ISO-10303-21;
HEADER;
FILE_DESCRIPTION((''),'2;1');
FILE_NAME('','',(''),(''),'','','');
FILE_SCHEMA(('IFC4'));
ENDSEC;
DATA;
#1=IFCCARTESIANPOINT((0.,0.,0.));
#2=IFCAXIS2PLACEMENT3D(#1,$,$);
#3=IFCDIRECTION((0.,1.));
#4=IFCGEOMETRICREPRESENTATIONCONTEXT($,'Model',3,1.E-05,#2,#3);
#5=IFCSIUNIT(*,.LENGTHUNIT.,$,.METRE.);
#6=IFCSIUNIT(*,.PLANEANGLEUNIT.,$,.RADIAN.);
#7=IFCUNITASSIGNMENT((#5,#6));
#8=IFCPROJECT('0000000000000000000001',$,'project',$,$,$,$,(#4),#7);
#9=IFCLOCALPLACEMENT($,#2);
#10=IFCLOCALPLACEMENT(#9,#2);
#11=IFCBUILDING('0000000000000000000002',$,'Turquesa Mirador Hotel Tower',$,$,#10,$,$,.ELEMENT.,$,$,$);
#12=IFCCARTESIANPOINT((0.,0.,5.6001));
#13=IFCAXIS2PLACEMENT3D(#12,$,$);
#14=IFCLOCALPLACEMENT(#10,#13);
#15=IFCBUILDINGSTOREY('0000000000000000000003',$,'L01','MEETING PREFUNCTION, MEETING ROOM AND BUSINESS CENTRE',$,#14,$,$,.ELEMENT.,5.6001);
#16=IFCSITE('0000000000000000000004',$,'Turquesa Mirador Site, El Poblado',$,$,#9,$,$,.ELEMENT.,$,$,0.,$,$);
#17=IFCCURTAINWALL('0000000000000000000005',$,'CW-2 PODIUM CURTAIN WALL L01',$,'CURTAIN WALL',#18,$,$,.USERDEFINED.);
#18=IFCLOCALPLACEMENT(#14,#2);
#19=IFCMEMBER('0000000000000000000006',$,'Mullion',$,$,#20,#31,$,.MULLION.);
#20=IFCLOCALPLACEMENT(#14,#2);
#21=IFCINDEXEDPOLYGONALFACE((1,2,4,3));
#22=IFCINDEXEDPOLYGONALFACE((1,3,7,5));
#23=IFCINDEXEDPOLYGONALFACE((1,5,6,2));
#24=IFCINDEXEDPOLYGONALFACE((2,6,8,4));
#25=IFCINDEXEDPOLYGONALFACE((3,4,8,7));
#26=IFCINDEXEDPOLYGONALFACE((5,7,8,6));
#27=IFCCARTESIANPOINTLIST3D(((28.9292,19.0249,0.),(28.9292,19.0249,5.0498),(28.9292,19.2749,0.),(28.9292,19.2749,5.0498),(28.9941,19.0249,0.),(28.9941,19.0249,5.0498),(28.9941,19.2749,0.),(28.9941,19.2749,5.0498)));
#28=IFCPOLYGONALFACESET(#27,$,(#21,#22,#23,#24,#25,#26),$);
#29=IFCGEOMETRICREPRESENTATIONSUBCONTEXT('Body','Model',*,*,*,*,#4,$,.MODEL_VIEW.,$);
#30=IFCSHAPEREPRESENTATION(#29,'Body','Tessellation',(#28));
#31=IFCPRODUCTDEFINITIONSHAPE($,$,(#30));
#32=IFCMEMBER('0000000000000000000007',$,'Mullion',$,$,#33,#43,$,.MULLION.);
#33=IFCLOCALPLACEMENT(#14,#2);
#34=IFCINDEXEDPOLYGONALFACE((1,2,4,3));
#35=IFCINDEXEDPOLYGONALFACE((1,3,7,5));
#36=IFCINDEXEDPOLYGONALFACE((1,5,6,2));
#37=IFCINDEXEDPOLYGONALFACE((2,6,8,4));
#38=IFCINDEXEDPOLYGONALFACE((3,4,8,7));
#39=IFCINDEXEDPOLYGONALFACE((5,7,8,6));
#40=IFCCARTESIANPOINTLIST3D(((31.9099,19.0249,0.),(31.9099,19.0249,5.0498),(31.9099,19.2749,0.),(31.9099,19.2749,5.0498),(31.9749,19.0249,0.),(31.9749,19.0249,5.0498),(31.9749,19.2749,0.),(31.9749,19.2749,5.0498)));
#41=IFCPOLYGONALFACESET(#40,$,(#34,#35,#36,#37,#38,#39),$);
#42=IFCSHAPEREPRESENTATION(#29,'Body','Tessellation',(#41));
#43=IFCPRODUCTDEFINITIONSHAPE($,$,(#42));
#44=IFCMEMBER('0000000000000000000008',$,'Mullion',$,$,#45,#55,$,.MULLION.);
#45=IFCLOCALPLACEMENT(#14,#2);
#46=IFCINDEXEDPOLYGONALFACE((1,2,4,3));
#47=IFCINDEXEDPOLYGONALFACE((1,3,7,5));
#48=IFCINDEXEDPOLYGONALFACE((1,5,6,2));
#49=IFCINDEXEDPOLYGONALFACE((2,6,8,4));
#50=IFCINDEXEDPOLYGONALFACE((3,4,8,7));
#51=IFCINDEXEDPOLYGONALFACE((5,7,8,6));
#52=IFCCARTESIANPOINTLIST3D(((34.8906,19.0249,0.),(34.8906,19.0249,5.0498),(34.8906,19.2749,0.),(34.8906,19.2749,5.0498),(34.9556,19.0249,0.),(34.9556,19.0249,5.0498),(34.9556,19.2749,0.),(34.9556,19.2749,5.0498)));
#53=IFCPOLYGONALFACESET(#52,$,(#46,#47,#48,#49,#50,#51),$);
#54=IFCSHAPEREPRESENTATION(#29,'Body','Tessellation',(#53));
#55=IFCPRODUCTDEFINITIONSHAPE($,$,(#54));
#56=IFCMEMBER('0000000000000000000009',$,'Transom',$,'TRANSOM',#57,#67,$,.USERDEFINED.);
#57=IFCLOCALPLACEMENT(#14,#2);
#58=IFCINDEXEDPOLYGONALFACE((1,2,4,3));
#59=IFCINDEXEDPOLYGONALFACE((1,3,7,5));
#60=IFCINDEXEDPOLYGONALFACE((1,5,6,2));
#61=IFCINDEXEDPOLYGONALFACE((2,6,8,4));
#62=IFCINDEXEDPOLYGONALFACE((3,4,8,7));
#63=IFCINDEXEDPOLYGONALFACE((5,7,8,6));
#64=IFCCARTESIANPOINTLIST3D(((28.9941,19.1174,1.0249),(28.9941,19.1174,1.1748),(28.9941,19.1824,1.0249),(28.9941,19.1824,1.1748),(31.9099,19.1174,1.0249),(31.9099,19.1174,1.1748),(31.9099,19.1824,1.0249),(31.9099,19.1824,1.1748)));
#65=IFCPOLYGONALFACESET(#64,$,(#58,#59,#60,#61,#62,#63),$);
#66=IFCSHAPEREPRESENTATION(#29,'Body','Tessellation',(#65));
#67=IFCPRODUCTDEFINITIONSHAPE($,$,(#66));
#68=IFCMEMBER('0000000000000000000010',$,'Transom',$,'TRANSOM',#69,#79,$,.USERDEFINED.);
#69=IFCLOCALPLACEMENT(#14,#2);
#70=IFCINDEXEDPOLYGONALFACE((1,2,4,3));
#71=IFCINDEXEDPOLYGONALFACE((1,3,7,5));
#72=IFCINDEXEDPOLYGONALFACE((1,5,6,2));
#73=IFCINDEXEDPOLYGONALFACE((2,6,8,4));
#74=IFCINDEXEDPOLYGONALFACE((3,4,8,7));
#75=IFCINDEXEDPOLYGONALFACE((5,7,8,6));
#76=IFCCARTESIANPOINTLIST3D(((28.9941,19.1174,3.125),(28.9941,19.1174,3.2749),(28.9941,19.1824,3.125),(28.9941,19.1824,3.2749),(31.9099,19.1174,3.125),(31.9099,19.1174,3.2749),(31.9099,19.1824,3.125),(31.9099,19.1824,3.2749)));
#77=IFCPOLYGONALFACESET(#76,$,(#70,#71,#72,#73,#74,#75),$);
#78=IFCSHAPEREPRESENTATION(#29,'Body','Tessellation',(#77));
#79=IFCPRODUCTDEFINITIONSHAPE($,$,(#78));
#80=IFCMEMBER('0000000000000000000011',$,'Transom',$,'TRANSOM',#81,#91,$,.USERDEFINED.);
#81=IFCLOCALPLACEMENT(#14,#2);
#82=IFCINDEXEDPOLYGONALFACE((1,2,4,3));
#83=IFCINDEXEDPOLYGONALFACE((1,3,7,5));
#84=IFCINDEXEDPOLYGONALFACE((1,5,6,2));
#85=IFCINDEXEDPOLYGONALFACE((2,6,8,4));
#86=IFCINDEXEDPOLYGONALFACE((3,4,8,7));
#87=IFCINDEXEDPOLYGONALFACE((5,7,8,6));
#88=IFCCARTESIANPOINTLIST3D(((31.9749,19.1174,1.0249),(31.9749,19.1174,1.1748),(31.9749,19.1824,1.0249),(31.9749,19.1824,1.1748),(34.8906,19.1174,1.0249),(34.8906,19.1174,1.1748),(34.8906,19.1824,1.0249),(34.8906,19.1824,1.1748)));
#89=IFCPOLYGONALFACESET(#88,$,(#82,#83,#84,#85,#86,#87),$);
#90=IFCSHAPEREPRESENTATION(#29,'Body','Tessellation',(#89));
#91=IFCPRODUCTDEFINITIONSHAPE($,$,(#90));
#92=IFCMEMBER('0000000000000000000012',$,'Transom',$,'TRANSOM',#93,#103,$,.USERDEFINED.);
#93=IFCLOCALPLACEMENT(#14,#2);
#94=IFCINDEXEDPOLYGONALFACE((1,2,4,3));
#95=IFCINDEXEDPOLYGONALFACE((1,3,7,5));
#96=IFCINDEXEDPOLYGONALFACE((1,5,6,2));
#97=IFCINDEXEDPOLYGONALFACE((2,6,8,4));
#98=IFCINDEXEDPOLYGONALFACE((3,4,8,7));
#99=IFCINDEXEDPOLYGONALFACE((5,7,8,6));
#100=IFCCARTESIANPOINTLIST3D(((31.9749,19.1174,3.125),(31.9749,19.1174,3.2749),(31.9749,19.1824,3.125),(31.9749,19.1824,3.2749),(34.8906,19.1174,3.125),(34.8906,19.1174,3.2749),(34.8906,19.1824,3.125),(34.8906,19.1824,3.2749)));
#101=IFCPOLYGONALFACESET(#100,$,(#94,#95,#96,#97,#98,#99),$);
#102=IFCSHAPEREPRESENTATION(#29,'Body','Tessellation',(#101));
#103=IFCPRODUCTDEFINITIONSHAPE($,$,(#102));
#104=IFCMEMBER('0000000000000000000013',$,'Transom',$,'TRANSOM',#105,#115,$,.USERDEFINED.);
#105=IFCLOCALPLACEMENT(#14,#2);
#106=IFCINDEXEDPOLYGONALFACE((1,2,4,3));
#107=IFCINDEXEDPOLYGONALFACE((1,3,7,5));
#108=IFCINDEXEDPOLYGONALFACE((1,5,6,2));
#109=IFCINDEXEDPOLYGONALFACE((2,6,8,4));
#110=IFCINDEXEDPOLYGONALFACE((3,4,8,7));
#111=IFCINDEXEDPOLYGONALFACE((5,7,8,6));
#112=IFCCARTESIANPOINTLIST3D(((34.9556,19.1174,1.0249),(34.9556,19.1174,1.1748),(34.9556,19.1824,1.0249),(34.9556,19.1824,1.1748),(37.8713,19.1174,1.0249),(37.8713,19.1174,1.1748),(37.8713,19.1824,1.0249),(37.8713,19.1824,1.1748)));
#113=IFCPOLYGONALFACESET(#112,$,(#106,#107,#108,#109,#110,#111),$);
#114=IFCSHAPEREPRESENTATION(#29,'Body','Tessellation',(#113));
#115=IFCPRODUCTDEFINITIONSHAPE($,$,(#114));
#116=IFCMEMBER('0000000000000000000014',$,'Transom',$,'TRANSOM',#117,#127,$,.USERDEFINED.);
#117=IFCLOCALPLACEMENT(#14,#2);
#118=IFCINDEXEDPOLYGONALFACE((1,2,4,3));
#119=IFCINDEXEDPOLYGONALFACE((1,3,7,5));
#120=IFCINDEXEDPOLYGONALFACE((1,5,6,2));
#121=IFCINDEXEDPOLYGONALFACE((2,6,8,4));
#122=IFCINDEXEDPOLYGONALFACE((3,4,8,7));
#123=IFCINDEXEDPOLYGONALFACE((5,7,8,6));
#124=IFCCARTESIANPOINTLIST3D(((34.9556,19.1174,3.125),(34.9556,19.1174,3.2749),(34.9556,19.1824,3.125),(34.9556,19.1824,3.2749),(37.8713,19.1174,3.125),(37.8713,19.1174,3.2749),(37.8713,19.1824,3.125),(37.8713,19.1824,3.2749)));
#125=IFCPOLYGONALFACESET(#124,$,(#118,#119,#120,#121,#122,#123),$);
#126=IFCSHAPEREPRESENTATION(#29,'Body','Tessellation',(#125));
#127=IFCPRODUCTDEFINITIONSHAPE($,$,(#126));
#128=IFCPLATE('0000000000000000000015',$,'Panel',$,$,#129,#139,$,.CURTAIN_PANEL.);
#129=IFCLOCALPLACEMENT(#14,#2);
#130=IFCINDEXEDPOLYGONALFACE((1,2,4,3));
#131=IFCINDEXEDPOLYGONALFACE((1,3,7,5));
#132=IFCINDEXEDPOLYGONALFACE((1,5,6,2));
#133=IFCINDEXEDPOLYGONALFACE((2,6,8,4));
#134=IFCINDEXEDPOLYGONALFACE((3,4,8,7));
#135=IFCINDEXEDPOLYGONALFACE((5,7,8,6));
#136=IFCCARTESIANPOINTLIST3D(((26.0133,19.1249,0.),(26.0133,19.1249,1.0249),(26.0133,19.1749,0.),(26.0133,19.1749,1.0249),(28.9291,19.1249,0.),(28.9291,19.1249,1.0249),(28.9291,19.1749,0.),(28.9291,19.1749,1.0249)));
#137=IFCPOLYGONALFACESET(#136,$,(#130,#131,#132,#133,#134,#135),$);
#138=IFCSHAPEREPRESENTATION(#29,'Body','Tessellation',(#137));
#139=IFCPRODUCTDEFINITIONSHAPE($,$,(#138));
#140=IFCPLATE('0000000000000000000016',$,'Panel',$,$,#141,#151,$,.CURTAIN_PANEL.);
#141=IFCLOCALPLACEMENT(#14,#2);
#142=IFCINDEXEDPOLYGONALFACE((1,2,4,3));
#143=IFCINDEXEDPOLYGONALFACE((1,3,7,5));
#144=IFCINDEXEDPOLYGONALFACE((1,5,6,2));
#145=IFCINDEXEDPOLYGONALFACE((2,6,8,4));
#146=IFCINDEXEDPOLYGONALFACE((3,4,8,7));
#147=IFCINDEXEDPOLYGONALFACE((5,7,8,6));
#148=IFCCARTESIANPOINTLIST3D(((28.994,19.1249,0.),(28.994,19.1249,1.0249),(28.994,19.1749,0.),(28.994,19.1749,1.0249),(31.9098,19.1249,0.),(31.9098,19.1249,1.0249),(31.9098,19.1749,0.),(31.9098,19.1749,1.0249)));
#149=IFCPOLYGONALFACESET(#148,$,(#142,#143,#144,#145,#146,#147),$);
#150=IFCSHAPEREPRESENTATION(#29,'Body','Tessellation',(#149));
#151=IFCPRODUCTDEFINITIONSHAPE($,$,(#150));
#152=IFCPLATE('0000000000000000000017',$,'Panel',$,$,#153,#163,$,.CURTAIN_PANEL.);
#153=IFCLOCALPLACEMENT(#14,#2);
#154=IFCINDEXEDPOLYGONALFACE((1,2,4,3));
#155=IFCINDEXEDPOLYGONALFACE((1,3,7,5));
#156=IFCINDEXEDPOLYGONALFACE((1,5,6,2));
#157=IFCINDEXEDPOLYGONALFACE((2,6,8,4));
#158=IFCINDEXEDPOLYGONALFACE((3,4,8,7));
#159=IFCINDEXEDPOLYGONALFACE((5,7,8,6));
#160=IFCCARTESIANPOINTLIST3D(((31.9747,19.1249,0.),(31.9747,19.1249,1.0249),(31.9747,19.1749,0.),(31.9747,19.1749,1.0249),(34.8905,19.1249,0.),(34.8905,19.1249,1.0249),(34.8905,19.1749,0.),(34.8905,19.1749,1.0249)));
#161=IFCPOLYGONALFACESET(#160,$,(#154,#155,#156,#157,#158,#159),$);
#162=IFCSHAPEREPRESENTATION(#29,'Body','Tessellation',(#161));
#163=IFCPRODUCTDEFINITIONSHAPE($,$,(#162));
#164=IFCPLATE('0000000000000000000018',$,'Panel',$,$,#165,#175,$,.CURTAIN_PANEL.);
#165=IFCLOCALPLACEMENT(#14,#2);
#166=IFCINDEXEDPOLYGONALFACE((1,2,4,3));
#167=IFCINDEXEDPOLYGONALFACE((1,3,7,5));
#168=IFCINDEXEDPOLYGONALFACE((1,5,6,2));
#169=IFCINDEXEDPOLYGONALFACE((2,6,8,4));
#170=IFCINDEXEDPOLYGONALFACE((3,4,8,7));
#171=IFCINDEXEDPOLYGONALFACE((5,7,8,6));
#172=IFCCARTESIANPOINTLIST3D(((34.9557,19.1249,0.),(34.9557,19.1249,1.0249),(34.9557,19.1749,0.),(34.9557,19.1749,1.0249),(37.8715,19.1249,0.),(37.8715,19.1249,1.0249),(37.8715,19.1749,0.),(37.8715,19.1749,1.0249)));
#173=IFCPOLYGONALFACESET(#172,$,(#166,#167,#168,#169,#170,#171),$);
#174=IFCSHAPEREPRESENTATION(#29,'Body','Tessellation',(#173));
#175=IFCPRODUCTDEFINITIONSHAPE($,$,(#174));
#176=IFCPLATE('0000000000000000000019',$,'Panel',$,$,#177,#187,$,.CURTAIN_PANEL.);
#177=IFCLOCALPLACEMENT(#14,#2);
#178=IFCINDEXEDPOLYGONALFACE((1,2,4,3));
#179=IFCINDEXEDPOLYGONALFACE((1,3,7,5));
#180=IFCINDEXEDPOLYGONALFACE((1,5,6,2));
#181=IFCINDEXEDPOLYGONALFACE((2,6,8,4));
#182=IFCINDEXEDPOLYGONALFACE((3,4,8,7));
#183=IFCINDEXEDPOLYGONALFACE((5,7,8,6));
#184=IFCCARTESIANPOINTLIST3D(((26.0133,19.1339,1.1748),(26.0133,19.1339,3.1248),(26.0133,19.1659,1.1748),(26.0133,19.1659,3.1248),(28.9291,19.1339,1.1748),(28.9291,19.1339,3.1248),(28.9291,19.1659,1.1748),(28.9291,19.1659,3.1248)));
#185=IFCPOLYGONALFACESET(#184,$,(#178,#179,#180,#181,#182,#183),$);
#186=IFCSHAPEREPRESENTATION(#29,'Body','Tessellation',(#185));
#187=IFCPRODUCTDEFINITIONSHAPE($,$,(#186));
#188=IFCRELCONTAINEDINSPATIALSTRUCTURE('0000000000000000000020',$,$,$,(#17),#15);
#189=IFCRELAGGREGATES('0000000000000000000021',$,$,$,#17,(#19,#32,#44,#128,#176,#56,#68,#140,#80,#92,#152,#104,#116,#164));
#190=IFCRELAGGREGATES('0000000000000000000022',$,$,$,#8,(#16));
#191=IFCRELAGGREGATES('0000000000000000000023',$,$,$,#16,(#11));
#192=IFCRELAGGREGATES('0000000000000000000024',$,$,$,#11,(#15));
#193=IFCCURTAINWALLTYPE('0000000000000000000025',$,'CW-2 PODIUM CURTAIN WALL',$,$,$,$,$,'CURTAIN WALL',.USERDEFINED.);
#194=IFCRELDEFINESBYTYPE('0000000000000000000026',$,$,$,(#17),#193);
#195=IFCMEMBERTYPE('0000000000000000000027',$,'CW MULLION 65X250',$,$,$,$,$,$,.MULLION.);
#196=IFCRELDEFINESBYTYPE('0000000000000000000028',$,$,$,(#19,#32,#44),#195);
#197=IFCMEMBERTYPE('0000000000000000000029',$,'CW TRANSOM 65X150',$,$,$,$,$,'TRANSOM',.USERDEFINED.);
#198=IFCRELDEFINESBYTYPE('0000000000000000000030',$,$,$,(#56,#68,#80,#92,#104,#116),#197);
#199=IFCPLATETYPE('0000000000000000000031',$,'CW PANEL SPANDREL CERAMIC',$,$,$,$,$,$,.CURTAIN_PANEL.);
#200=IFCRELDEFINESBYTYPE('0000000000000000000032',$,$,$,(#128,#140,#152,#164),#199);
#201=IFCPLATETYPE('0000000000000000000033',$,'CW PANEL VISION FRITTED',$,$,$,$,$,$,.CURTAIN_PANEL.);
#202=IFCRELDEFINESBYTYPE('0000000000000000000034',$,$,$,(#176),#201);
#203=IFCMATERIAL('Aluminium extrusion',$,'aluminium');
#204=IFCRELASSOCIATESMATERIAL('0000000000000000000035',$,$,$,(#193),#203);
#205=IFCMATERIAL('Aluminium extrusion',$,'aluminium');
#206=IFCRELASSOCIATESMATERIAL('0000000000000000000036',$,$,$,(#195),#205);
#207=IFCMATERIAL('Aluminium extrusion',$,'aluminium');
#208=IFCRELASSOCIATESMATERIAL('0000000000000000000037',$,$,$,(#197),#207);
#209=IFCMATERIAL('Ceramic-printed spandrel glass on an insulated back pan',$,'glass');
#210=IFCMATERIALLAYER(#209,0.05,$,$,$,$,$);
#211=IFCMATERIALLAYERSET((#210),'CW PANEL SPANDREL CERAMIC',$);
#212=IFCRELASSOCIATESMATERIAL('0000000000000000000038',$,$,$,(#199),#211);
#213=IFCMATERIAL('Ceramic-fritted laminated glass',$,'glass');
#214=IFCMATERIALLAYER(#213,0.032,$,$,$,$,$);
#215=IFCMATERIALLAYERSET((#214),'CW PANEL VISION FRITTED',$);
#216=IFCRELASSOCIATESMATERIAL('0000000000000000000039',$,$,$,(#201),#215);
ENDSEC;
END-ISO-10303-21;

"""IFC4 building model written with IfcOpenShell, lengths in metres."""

from ifc_helpers import new_model, si_unit, direction, frame, origin, origin_2d, place, context, subcontext, project, spatial, rectangle, extrude, material, layer, layer_set, material_profile, profile_set, type_object, element, aggregate, save


model = new_model("IFC4")

# Units and contexts
model_context = context("Model", 3, precision=1e-05, world=origin(), true_north=direction((0.0, 1.0)))
body_context = subcontext(model_context, "Body", "Model", "MODEL_VIEW")
ifc_project = project(units=[si_unit("LENGTHUNIT", "METRE"), si_unit("PLANEANGLEUNIT", "RADIAN")], contexts=[model_context])

# Site, building, storey
site_placement = place(None, origin())
site = spatial("IfcSite", under=ifc_project, at=site_placement, Name="Turquesa Mirador Site, El Poblado", CompositionType="ELEMENT", RefElevation=0.0)
building_placement = place(site_placement, origin())
building = spatial("IfcBuilding", under=site, at=building_placement, Name="Turquesa Mirador Hotel Tower", CompositionType="ELEMENT")
storey_placement = place(building_placement, frame((0.0, 0.0, 5.6001)))
storey = spatial("IfcBuildingStorey", under=building, at=storey_placement, Name="L01", Description="MEETING PREFUNCTION, MEETING ROOM AND BUSINESS CENTRE", CompositionType="ELEMENT", Elevation=5.6001)

# Curtain wall, members, plates
ifc_material_1 = material(Name="Aluminium extrusion", Category="aluminium")
curtain_wall_type = type_object("IfcCurtainWallType", Name="CW-2 PODIUM CURTAIN WALL", ElementType="CURTAIN WALL", PredefinedType="USERDEFINED", material=ifc_material_1)
curtain_wall_placement = place(storey_placement, origin())
curtain_wall = element("IfcCurtainWall", 1, at=curtain_wall_placement, inside=storey, type_object=curtain_wall_type, Name="CW-2 PODIUM CURTAIN WALL L01", ObjectType="CURTAIN WALL", PredefinedType="USERDEFINED")
ifc_material_2 = material(Name="Aluminium extrusion", Category="aluminium")
ifc_material_profile_1 = material_profile(ifc_material_2, rectangle(XDim=0.0649, YDim=0.25, at=origin_2d()), Name="MULLION 65X250")
ifc_profile_set_1 = profile_set([ifc_material_profile_1], Name="Aluminium extrusion")
member_type_1 = type_object("IfcMemberType", Name="CW MULLION 65X250", PredefinedType="MULLION", material=ifc_profile_set_1)
member_1_placement = place(storey_placement, frame((28.9617, 19.1499, 0.0), z_axis=(0.0, 0.0, 1.0), x_axis=(1.0, 0.0, 0.0)))
member_1 = element("IfcMember", 2, at=member_1_placement, type_object=member_type_1, Name="Mullion", PredefinedType="MULLION", context=body_context, shape_type="SweptSolid", body=[
    extrude(rectangle(XDim=0.0649, YDim=0.25, at=origin_2d()), origin(), (0.0, 0.0, 1.0), 5.0498),
])
member_2_placement = place(storey_placement, frame((31.9424, 19.1499, 0.0), z_axis=(0.0, 0.0, 1.0), x_axis=(1.0, 0.0, 0.0)))
member_2 = element("IfcMember", 3, at=member_2_placement, type_object=member_type_1, Name="Mullion", PredefinedType="MULLION", context=body_context, shape_type="SweptSolid", body=[
    extrude(rectangle(XDim=0.0649, YDim=0.25, at=origin_2d()), origin(), (0.0, 0.0, 1.0), 5.0498),
])
member_3_placement = place(storey_placement, frame((34.9231, 19.1499, 0.0), z_axis=(0.0, 0.0, 1.0), x_axis=(1.0, 0.0, 0.0)))
member_3 = element("IfcMember", 4, at=member_3_placement, type_object=member_type_1, Name="Mullion", PredefinedType="MULLION", context=body_context, shape_type="SweptSolid", body=[
    extrude(rectangle(XDim=0.0649, YDim=0.25, at=origin_2d()), origin(), (0.0, 0.0, 1.0), 5.0498),
])
ifc_material_3 = material(Name="Aluminium extrusion", Category="aluminium")
ifc_material_profile_2 = material_profile(ifc_material_3, rectangle(XDim=0.0649, YDim=0.1499, at=origin_2d()), Name="TRANSOM 65X150")
ifc_profile_set_2 = profile_set([ifc_material_profile_2], Name="Aluminium extrusion")
member_type_2 = type_object("IfcMemberType", Name="CW TRANSOM 65X150", ElementType="TRANSOM", PredefinedType="USERDEFINED", material=ifc_profile_set_2)
member_4_placement = place(storey_placement, frame((28.9941, 19.1499, 1.0999), z_axis=(1.0, 0.0, 0.0), x_axis=(0.0, 1.0, 0.0)))
member_4 = element("IfcMember", 5, at=member_4_placement, type_object=member_type_2, Name="Transom", ObjectType="TRANSOM", PredefinedType="USERDEFINED", context=body_context, shape_type="SweptSolid", body=[
    extrude(rectangle(XDim=0.0649, YDim=0.1499, at=origin_2d()), origin(), (0.0, 0.0, 1.0), 2.9158),
])
member_5_placement = place(storey_placement, frame((28.9941, 19.1499, 3.2), z_axis=(1.0, 0.0, 0.0), x_axis=(0.0, 1.0, 0.0)))
member_5 = element("IfcMember", 6, at=member_5_placement, type_object=member_type_2, Name="Transom", ObjectType="TRANSOM", PredefinedType="USERDEFINED", context=body_context, shape_type="SweptSolid", body=[
    extrude(rectangle(XDim=0.0649, YDim=0.1499, at=origin_2d()), origin(), (0.0, 0.0, 1.0), 2.9158),
])
member_6_placement = place(storey_placement, frame((31.9749, 19.1499, 1.0999), z_axis=(1.0, 0.0, 0.0), x_axis=(0.0, 1.0, 0.0)))
member_6 = element("IfcMember", 7, at=member_6_placement, type_object=member_type_2, Name="Transom", ObjectType="TRANSOM", PredefinedType="USERDEFINED", context=body_context, shape_type="SweptSolid", body=[
    extrude(rectangle(XDim=0.0649, YDim=0.1499, at=origin_2d()), origin(), (0.0, 0.0, 1.0), 2.9158),
])
member_7_placement = place(storey_placement, frame((31.9749, 19.1499, 3.2), z_axis=(1.0, 0.0, 0.0), x_axis=(0.0, 1.0, 0.0)))
member_7 = element("IfcMember", 8, at=member_7_placement, type_object=member_type_2, Name="Transom", ObjectType="TRANSOM", PredefinedType="USERDEFINED", context=body_context, shape_type="SweptSolid", body=[
    extrude(rectangle(XDim=0.0649, YDim=0.1499, at=origin_2d()), origin(), (0.0, 0.0, 1.0), 2.9158),
])
member_8_placement = place(storey_placement, frame((34.9556, 19.1499, 1.0999), z_axis=(1.0, 0.0, 0.0), x_axis=(0.0, 1.0, 0.0)))
member_8 = element("IfcMember", 9, at=member_8_placement, type_object=member_type_2, Name="Transom", ObjectType="TRANSOM", PredefinedType="USERDEFINED", context=body_context, shape_type="SweptSolid", body=[
    extrude(rectangle(XDim=0.0649, YDim=0.1499, at=origin_2d()), origin(), (0.0, 0.0, 1.0), 2.9158),
])
member_9_placement = place(storey_placement, frame((34.9556, 19.1499, 3.2), z_axis=(1.0, 0.0, 0.0), x_axis=(0.0, 1.0, 0.0)))
member_9 = element("IfcMember", 10, at=member_9_placement, type_object=member_type_2, Name="Transom", ObjectType="TRANSOM", PredefinedType="USERDEFINED", context=body_context, shape_type="SweptSolid", body=[
    extrude(rectangle(XDim=0.0649, YDim=0.1499, at=origin_2d()), origin(), (0.0, 0.0, 1.0), 2.9158),
])
ifc_material_4 = material(Name="Ceramic-printed spandrel glass on an insulated back pan", Category="glass")
ifc_layer_1 = layer(ifc_material_4, 0.05)
ifc_layer_set_1 = layer_set([ifc_layer_1], Name="CW PANEL SPANDREL CERAMIC")
plate_type_1 = type_object("IfcPlateType", Name="CW PANEL SPANDREL CERAMIC", PredefinedType="CURTAIN_PANEL", material=ifc_layer_set_1)
plate_1_placement = place(storey_placement, frame((27.4712, 19.1499, 0.0), z_axis=(0.0, 0.0, 1.0), x_axis=(1.0, 0.0, 0.0)))
plate_1 = element("IfcPlate", 11, at=plate_1_placement, type_object=plate_type_1, Name="Panel", PredefinedType="CURTAIN_PANEL", context=body_context, shape_type="SweptSolid", body=[
    extrude(rectangle(XDim=2.9158, YDim=0.05, at=origin_2d()), origin(), (0.0, 0.0, 1.0), 1.0249),
])
plate_2_placement = place(storey_placement, frame((30.4519, 19.1499, 0.0), z_axis=(0.0, 0.0, 1.0), x_axis=(1.0, 0.0, 0.0)))
plate_2 = element("IfcPlate", 12, at=plate_2_placement, type_object=plate_type_1, Name="Panel", PredefinedType="CURTAIN_PANEL", context=body_context, shape_type="SweptSolid", body=[
    extrude(rectangle(XDim=2.9158, YDim=0.05, at=origin_2d()), origin(), (0.0, 0.0, 1.0), 1.0249),
])
plate_3_placement = place(storey_placement, frame((33.4326, 19.1499, 0.0), z_axis=(0.0, 0.0, 1.0), x_axis=(1.0, 0.0, 0.0)))
plate_3 = element("IfcPlate", 13, at=plate_3_placement, type_object=plate_type_1, Name="Panel", PredefinedType="CURTAIN_PANEL", context=body_context, shape_type="SweptSolid", body=[
    extrude(rectangle(XDim=2.9158, YDim=0.05, at=origin_2d()), origin(), (0.0, 0.0, 1.0), 1.0249),
])
plate_4_placement = place(storey_placement, frame((36.4136, 19.1499, 0.0), z_axis=(0.0, 0.0, 1.0), x_axis=(1.0, 0.0, 0.0)))
plate_4 = element("IfcPlate", 14, at=plate_4_placement, type_object=plate_type_1, Name="Panel", PredefinedType="CURTAIN_PANEL", context=body_context, shape_type="SweptSolid", body=[
    extrude(rectangle(XDim=2.9158, YDim=0.05, at=origin_2d()), origin(), (0.0, 0.0, 1.0), 1.0249),
])
ifc_material_5 = material(Name="Ceramic-fritted laminated glass", Category="glass")
ifc_layer_2 = layer(ifc_material_5, 0.032)
ifc_layer_set_2 = layer_set([ifc_layer_2], Name="CW PANEL VISION FRITTED")
plate_type_2 = type_object("IfcPlateType", Name="CW PANEL VISION FRITTED", PredefinedType="CURTAIN_PANEL", material=ifc_layer_set_2)
plate_5_placement = place(storey_placement, frame((27.4712, 19.1499, 1.1748), z_axis=(0.0, 0.0, 1.0), x_axis=(1.0, 0.0, 0.0)))
plate_5 = element("IfcPlate", 15, at=plate_5_placement, type_object=plate_type_2, Name="Panel", PredefinedType="CURTAIN_PANEL", context=body_context, shape_type="SweptSolid", body=[
    extrude(rectangle(XDim=2.9158, YDim=0.032, at=origin_2d()), origin(), (0.0, 0.0, 1.0), 1.95),
])
aggregate(curtain_wall, [member_1, member_2, member_3, plate_1, plate_5, member_4, member_5, plate_2, member_6, member_7, plate_3, member_8, member_9, plate_4])

save(model, "model.ifc")
